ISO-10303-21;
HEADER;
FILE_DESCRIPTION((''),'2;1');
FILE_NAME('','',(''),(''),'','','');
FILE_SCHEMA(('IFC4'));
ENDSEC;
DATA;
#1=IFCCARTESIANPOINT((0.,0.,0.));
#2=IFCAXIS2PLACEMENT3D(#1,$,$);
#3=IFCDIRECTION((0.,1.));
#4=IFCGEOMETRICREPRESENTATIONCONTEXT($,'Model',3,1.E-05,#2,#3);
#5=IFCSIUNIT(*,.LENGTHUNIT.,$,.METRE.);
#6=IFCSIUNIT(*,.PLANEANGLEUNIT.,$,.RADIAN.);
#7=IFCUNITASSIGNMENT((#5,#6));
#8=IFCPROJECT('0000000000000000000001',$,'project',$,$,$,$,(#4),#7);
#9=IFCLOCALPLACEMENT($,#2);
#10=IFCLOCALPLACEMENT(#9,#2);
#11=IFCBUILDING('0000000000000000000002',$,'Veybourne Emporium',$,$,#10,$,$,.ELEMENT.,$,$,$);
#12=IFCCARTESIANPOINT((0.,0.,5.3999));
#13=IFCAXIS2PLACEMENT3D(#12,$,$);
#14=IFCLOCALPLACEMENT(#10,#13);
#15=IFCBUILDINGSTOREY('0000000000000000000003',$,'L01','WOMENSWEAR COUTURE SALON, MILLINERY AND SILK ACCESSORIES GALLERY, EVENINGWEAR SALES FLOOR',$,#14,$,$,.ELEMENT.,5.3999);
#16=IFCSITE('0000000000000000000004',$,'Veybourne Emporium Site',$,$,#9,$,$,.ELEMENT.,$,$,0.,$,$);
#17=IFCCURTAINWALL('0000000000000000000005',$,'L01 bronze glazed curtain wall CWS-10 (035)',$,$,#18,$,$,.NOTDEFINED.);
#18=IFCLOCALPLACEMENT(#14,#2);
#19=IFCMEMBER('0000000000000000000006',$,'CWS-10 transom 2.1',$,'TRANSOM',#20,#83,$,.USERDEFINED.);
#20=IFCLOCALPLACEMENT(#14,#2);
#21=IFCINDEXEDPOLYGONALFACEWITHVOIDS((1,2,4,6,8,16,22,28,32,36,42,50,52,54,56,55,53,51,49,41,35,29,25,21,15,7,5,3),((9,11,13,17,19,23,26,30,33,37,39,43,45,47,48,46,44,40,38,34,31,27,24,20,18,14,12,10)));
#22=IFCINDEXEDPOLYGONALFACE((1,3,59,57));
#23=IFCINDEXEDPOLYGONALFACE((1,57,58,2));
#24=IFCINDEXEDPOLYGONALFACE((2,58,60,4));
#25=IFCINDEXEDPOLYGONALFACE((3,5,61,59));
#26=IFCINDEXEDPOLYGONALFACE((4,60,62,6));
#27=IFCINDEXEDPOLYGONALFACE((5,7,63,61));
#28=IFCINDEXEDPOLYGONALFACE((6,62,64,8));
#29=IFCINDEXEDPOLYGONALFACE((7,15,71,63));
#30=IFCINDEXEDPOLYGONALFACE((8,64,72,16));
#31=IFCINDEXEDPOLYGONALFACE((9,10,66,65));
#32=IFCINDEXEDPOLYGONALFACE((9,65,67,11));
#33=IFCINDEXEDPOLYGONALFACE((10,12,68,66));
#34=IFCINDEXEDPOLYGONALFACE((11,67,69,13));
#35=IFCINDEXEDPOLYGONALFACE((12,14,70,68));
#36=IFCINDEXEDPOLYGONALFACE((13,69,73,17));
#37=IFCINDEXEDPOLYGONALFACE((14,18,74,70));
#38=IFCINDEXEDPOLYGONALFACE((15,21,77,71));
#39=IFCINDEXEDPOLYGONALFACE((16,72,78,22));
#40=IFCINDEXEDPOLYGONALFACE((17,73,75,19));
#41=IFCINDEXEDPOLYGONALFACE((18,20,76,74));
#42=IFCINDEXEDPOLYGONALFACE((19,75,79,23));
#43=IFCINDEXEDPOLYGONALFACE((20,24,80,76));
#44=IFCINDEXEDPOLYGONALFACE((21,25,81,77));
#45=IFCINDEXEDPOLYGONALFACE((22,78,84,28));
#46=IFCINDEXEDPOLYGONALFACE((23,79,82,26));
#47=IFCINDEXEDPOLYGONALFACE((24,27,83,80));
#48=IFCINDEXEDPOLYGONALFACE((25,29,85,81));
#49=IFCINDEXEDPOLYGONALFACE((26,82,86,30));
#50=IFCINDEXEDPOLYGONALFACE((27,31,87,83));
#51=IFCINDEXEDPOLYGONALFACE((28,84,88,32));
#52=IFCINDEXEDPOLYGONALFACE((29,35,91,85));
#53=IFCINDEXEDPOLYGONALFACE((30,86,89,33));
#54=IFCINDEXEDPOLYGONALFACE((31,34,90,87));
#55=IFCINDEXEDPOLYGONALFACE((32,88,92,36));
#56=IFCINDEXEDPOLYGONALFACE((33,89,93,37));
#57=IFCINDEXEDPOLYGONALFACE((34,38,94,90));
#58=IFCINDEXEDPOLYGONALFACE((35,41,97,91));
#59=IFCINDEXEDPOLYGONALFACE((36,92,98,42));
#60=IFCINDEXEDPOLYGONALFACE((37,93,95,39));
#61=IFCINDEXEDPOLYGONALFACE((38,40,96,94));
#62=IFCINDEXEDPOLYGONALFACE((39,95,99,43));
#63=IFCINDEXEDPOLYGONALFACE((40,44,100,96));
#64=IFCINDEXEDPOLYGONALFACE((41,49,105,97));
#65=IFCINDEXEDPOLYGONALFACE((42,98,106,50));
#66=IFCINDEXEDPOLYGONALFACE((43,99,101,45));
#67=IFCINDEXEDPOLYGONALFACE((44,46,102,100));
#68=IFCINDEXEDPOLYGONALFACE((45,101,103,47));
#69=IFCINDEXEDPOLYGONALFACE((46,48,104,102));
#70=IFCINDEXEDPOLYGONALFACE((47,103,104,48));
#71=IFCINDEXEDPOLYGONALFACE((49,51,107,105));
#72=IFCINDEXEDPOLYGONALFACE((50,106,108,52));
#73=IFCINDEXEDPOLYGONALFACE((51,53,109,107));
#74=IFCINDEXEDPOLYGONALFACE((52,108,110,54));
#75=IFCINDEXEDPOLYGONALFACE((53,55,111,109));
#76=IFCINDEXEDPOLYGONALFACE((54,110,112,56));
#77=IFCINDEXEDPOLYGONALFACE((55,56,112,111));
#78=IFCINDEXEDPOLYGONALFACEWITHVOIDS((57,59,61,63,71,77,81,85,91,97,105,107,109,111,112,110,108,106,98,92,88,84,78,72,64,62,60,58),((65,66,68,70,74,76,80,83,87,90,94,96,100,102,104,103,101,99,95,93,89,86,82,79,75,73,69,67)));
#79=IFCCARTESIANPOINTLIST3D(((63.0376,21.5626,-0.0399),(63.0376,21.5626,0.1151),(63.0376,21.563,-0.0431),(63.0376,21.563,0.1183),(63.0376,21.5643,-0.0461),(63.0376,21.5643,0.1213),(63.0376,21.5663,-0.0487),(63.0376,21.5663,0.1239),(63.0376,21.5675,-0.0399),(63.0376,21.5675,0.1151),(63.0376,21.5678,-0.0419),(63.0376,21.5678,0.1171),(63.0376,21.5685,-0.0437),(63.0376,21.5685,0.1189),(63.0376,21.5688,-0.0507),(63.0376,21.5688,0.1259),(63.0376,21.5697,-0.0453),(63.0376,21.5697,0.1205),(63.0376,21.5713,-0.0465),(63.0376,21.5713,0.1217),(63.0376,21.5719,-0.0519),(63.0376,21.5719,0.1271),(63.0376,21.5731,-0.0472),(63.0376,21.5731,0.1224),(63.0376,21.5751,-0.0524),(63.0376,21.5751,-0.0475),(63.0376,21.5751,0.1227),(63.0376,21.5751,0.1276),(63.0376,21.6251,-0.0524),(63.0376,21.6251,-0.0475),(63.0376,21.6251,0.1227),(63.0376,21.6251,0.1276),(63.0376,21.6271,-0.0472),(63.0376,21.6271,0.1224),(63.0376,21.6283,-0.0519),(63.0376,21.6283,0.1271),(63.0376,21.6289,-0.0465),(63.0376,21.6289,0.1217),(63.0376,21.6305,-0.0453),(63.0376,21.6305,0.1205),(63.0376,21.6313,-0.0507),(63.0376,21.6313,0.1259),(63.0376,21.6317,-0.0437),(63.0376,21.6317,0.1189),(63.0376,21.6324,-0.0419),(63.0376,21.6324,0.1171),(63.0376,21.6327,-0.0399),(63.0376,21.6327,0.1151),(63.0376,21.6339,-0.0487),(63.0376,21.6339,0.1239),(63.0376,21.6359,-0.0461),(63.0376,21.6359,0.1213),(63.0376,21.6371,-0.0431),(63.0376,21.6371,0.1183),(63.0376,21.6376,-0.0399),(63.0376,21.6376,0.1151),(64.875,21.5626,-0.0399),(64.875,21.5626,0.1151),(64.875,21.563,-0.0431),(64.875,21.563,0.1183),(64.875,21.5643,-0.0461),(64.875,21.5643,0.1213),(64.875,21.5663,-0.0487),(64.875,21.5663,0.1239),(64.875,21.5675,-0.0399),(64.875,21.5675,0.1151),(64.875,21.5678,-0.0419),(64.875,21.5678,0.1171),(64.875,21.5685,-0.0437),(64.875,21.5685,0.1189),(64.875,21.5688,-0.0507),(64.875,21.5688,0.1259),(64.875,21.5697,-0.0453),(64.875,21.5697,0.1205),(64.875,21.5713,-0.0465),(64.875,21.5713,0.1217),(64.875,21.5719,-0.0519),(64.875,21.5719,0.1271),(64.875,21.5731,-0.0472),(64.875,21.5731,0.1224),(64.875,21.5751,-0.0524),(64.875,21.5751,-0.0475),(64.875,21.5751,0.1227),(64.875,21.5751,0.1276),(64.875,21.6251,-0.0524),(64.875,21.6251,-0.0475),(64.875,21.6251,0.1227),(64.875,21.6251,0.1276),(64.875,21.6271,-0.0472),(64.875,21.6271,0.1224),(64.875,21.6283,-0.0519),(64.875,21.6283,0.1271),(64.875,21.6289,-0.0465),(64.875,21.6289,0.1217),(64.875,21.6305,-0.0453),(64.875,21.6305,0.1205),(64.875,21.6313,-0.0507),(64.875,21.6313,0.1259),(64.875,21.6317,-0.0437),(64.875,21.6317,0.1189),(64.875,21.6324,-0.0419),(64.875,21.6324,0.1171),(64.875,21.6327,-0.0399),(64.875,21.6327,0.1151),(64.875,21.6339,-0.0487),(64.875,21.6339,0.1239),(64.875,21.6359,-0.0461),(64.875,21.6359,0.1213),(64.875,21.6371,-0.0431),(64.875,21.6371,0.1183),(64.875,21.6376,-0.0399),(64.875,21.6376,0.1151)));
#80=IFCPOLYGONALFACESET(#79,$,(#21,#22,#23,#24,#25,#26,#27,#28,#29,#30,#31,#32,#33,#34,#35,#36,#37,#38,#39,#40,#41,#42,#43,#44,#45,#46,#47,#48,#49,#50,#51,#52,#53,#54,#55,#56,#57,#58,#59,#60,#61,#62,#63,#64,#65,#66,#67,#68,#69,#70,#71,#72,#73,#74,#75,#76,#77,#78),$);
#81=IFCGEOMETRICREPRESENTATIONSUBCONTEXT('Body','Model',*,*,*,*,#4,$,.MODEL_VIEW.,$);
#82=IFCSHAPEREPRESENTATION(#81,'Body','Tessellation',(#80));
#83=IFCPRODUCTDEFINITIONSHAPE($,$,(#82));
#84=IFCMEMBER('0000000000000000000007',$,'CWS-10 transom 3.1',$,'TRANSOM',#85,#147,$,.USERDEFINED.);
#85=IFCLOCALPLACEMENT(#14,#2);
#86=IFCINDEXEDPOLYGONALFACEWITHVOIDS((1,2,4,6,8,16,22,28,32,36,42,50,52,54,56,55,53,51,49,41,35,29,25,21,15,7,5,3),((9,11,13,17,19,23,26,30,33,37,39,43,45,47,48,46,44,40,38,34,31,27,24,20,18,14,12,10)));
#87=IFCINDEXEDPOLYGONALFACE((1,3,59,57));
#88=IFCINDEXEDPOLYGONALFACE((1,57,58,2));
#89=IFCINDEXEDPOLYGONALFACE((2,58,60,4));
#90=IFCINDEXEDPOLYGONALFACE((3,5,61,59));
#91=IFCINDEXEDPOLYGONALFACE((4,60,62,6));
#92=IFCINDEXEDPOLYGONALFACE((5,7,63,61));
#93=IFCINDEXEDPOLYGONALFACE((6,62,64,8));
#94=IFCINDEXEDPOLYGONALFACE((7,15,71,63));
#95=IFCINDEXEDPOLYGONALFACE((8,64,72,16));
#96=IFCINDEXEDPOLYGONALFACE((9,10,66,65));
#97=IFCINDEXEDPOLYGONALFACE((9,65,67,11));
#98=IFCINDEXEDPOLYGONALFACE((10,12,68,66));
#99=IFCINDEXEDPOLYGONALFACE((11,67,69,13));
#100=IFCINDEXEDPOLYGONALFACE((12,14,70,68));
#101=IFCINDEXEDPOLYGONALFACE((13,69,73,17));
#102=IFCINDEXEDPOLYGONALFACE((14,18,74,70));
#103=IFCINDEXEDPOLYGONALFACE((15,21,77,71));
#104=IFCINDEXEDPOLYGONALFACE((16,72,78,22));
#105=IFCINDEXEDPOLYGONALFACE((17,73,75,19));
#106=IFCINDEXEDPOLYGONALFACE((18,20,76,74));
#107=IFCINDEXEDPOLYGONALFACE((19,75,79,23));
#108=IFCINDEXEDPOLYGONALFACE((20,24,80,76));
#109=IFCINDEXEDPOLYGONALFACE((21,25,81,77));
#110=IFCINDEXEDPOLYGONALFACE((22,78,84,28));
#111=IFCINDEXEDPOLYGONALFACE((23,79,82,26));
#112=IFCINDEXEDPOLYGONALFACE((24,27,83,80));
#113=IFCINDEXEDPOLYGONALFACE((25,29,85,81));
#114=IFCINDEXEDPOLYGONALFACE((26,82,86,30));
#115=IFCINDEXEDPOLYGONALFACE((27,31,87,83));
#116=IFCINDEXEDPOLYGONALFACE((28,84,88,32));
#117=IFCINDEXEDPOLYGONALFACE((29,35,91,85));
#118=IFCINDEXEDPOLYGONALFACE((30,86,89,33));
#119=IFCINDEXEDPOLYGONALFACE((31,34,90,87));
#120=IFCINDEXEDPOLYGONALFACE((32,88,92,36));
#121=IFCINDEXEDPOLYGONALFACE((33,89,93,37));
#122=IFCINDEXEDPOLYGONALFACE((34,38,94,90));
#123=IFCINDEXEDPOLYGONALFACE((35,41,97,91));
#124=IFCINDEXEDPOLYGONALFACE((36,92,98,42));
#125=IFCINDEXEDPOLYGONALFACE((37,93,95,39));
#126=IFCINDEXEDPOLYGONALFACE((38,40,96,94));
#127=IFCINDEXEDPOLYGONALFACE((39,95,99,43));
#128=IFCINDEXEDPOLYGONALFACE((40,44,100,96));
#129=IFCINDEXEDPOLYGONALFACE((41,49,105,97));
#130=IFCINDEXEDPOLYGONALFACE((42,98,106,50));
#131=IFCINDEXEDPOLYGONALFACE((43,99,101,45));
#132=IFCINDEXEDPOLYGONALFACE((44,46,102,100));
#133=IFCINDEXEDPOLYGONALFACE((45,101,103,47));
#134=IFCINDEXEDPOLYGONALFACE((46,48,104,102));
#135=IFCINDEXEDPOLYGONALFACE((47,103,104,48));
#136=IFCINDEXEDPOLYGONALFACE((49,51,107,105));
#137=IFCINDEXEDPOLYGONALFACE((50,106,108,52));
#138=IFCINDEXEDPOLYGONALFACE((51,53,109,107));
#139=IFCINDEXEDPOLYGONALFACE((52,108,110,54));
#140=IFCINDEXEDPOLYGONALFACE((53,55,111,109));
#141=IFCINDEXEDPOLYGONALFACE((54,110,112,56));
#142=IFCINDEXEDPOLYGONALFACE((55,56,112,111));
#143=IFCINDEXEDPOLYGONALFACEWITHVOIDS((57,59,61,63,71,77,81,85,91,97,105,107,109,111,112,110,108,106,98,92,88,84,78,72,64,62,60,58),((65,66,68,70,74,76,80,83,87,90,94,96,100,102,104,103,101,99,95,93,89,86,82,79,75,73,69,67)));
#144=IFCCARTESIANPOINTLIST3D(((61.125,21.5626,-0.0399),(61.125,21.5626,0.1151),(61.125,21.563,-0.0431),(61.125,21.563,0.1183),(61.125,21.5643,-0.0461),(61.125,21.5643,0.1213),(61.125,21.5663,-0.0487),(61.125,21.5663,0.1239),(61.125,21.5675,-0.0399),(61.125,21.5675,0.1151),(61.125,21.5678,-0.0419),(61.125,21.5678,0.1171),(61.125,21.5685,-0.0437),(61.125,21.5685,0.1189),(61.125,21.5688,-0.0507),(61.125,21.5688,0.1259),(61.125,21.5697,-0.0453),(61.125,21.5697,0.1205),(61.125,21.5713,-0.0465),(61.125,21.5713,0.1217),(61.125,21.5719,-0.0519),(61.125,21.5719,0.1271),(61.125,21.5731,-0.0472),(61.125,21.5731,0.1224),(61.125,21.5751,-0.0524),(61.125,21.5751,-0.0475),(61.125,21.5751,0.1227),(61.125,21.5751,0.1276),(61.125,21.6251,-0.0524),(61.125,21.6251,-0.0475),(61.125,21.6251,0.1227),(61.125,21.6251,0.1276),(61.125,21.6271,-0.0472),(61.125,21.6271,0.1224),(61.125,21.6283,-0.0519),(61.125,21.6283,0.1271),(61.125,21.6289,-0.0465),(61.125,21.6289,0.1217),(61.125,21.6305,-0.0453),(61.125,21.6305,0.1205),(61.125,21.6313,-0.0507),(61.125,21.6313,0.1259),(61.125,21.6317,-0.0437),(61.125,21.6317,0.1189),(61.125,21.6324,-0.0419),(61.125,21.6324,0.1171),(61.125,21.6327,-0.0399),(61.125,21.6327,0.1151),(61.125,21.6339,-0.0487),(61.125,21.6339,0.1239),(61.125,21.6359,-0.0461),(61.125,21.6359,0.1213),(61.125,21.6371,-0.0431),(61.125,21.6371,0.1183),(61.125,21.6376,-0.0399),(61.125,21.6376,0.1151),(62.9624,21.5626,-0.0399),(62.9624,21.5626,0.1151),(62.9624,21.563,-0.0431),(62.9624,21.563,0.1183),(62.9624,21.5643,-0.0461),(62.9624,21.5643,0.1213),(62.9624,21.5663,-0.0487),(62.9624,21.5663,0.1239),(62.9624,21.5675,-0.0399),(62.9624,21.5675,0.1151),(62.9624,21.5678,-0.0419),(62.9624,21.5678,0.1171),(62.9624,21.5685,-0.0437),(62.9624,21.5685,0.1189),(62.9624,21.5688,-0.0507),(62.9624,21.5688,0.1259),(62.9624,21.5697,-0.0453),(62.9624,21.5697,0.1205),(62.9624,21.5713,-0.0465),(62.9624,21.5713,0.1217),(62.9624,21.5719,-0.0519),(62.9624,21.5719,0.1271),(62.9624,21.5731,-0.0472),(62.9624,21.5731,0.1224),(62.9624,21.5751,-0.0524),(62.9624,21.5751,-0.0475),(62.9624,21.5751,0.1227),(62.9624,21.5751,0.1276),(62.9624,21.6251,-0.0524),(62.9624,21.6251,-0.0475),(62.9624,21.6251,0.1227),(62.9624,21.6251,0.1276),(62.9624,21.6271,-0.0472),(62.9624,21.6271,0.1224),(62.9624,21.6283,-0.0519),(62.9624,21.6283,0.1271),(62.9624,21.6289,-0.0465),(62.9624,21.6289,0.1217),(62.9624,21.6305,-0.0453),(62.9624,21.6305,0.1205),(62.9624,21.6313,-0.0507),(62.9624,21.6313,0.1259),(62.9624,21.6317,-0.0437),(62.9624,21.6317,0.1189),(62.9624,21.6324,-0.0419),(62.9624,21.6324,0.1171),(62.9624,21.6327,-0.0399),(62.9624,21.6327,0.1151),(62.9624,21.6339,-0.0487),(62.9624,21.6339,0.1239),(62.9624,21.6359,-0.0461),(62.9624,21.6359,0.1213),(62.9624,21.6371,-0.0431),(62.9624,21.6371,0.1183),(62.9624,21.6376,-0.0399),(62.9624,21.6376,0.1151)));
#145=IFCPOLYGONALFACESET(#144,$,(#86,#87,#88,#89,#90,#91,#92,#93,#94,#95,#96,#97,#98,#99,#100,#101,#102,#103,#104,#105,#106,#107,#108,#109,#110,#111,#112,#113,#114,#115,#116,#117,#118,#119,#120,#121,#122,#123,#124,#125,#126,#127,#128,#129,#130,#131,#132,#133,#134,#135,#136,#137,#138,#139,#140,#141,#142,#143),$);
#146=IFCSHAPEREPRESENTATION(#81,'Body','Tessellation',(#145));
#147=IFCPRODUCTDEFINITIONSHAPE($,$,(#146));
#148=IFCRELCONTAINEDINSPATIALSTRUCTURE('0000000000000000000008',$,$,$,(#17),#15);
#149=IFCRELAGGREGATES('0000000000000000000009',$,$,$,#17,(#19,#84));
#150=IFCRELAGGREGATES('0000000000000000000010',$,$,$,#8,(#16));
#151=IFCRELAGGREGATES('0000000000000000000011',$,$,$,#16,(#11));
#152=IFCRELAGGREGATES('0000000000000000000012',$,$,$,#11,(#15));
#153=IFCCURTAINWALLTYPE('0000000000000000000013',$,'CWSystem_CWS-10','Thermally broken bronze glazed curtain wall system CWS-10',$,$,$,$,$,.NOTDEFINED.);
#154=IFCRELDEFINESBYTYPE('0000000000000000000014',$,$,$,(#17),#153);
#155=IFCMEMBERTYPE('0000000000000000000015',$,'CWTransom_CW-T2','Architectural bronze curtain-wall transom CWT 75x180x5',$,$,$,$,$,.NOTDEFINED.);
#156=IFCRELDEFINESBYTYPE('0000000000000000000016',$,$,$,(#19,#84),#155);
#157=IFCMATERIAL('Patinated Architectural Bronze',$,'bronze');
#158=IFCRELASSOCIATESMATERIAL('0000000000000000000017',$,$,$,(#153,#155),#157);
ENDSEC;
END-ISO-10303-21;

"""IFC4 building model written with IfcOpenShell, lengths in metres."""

from ifc_helpers import new_model, si_unit, direction, frame, origin, origin_2d, place, context, subcontext, project, spatial, hollow_rectangle, extrude, material, material_profile, profile_set, type_object, element, aggregate, save


model = new_model("IFC4")

# Units and contexts
model_context = context("Model", 3, precision=1e-05, world=origin(), true_north=direction((0.0, 1.0)))
body_context = subcontext(model_context, "Body", "Model", "MODEL_VIEW")
ifc_project = project(units=[si_unit("LENGTHUNIT", "METRE"), si_unit("PLANEANGLEUNIT", "RADIAN")], contexts=[model_context])

# Site, building, storey
site_placement = place(None, origin())
site = spatial("IfcSite", under=ifc_project, at=site_placement, Name="Veybourne Emporium Site", CompositionType="ELEMENT", RefElevation=0.0)
building_placement = place(site_placement, origin())
building = spatial("IfcBuilding", under=site, at=building_placement, Name="Veybourne Emporium", CompositionType="ELEMENT")
storey_placement = place(building_placement, frame((0.0, 0.0, 5.3999)))
storey = spatial("IfcBuildingStorey", under=building, at=storey_placement, Name="L01", Description="WOMENSWEAR COUTURE SALON, MILLINERY AND SILK ACCESSORIES GALLERY, EVENINGWEAR SALES FLOOR", CompositionType="ELEMENT", Elevation=5.3999)

# Curtain wall
ifc_material_1 = material(Name="Patinated Architectural Bronze", Category="bronze")
curtain_wall_type_1 = type_object("IfcCurtainWallType", Name="CWSystem_CWS-10", Description="Thermally broken bronze glazed curtain wall system CWS-10", PredefinedType="NOTDEFINED", material=ifc_material_1)
curtain_wall_1_placement = place(storey_placement, origin())
curtain_wall_1 = element("IfcCurtainWall", 1, at=curtain_wall_1_placement, inside=storey, type_object=curtain_wall_type_1, Name="L01 bronze glazed curtain wall CWS-10 (035)", PredefinedType="NOTDEFINED")

# Members
ifc_material_profile_1 = material_profile(ifc_material_1, hollow_rectangle(XDim=0.075, YDim=0.1799, WallThickness=0.0049, InnerFilletRadius=0.0076, OuterFilletRadius=0.0125, at=origin_2d()), Name="CWT 75x180x5")
ifc_profile_set_1 = profile_set([ifc_material_profile_1], Name="Patinated Architectural Bronze")
member_type_1 = type_object("IfcMemberType", Name="CWTransom_CW-T2", Description="Architectural bronze curtain-wall transom CWT 75x180x5", PredefinedType="NOTDEFINED", material=ifc_profile_set_1)
member_1_placement = place(storey_placement, frame((64.875, 21.6001, 0.0376), z_axis=(-1.0, 0.0, 0.0), x_axis=(0.0, -1.0, 0.0)))
member_1 = element("IfcMember", 2, at=member_1_placement, type_object=member_type_1, Name="CWS-10 transom 2.1", ObjectType="TRANSOM", PredefinedType="USERDEFINED", context=body_context, shape_type="SweptSolid", body=[
    extrude(hollow_rectangle(XDim=0.075, YDim=0.1799, WallThickness=0.0049, InnerFilletRadius=0.0076, OuterFilletRadius=0.0125, at=origin_2d()), origin(), (0.0, 0.0, 1.0), 1.8374),
])
member_2_placement = place(storey_placement, frame((62.9624, 21.6001, 0.0376), z_axis=(-1.0, 0.0, 0.0), x_axis=(0.0, -1.0, 0.0)))
member_2 = element("IfcMember", 3, at=member_2_placement, type_object=member_type_1, Name="CWS-10 transom 3.1", ObjectType="TRANSOM", PredefinedType="USERDEFINED", context=body_context, shape_type="SweptSolid", body=[
    extrude(hollow_rectangle(XDim=0.075, YDim=0.1799, WallThickness=0.0049, InnerFilletRadius=0.0076, OuterFilletRadius=0.0125, at=origin_2d()), origin(), (0.0, 0.0, 1.0), 1.8374),
])

aggregate(curtain_wall_1, [member_1, member_2])

save(model, "model.ifc")
